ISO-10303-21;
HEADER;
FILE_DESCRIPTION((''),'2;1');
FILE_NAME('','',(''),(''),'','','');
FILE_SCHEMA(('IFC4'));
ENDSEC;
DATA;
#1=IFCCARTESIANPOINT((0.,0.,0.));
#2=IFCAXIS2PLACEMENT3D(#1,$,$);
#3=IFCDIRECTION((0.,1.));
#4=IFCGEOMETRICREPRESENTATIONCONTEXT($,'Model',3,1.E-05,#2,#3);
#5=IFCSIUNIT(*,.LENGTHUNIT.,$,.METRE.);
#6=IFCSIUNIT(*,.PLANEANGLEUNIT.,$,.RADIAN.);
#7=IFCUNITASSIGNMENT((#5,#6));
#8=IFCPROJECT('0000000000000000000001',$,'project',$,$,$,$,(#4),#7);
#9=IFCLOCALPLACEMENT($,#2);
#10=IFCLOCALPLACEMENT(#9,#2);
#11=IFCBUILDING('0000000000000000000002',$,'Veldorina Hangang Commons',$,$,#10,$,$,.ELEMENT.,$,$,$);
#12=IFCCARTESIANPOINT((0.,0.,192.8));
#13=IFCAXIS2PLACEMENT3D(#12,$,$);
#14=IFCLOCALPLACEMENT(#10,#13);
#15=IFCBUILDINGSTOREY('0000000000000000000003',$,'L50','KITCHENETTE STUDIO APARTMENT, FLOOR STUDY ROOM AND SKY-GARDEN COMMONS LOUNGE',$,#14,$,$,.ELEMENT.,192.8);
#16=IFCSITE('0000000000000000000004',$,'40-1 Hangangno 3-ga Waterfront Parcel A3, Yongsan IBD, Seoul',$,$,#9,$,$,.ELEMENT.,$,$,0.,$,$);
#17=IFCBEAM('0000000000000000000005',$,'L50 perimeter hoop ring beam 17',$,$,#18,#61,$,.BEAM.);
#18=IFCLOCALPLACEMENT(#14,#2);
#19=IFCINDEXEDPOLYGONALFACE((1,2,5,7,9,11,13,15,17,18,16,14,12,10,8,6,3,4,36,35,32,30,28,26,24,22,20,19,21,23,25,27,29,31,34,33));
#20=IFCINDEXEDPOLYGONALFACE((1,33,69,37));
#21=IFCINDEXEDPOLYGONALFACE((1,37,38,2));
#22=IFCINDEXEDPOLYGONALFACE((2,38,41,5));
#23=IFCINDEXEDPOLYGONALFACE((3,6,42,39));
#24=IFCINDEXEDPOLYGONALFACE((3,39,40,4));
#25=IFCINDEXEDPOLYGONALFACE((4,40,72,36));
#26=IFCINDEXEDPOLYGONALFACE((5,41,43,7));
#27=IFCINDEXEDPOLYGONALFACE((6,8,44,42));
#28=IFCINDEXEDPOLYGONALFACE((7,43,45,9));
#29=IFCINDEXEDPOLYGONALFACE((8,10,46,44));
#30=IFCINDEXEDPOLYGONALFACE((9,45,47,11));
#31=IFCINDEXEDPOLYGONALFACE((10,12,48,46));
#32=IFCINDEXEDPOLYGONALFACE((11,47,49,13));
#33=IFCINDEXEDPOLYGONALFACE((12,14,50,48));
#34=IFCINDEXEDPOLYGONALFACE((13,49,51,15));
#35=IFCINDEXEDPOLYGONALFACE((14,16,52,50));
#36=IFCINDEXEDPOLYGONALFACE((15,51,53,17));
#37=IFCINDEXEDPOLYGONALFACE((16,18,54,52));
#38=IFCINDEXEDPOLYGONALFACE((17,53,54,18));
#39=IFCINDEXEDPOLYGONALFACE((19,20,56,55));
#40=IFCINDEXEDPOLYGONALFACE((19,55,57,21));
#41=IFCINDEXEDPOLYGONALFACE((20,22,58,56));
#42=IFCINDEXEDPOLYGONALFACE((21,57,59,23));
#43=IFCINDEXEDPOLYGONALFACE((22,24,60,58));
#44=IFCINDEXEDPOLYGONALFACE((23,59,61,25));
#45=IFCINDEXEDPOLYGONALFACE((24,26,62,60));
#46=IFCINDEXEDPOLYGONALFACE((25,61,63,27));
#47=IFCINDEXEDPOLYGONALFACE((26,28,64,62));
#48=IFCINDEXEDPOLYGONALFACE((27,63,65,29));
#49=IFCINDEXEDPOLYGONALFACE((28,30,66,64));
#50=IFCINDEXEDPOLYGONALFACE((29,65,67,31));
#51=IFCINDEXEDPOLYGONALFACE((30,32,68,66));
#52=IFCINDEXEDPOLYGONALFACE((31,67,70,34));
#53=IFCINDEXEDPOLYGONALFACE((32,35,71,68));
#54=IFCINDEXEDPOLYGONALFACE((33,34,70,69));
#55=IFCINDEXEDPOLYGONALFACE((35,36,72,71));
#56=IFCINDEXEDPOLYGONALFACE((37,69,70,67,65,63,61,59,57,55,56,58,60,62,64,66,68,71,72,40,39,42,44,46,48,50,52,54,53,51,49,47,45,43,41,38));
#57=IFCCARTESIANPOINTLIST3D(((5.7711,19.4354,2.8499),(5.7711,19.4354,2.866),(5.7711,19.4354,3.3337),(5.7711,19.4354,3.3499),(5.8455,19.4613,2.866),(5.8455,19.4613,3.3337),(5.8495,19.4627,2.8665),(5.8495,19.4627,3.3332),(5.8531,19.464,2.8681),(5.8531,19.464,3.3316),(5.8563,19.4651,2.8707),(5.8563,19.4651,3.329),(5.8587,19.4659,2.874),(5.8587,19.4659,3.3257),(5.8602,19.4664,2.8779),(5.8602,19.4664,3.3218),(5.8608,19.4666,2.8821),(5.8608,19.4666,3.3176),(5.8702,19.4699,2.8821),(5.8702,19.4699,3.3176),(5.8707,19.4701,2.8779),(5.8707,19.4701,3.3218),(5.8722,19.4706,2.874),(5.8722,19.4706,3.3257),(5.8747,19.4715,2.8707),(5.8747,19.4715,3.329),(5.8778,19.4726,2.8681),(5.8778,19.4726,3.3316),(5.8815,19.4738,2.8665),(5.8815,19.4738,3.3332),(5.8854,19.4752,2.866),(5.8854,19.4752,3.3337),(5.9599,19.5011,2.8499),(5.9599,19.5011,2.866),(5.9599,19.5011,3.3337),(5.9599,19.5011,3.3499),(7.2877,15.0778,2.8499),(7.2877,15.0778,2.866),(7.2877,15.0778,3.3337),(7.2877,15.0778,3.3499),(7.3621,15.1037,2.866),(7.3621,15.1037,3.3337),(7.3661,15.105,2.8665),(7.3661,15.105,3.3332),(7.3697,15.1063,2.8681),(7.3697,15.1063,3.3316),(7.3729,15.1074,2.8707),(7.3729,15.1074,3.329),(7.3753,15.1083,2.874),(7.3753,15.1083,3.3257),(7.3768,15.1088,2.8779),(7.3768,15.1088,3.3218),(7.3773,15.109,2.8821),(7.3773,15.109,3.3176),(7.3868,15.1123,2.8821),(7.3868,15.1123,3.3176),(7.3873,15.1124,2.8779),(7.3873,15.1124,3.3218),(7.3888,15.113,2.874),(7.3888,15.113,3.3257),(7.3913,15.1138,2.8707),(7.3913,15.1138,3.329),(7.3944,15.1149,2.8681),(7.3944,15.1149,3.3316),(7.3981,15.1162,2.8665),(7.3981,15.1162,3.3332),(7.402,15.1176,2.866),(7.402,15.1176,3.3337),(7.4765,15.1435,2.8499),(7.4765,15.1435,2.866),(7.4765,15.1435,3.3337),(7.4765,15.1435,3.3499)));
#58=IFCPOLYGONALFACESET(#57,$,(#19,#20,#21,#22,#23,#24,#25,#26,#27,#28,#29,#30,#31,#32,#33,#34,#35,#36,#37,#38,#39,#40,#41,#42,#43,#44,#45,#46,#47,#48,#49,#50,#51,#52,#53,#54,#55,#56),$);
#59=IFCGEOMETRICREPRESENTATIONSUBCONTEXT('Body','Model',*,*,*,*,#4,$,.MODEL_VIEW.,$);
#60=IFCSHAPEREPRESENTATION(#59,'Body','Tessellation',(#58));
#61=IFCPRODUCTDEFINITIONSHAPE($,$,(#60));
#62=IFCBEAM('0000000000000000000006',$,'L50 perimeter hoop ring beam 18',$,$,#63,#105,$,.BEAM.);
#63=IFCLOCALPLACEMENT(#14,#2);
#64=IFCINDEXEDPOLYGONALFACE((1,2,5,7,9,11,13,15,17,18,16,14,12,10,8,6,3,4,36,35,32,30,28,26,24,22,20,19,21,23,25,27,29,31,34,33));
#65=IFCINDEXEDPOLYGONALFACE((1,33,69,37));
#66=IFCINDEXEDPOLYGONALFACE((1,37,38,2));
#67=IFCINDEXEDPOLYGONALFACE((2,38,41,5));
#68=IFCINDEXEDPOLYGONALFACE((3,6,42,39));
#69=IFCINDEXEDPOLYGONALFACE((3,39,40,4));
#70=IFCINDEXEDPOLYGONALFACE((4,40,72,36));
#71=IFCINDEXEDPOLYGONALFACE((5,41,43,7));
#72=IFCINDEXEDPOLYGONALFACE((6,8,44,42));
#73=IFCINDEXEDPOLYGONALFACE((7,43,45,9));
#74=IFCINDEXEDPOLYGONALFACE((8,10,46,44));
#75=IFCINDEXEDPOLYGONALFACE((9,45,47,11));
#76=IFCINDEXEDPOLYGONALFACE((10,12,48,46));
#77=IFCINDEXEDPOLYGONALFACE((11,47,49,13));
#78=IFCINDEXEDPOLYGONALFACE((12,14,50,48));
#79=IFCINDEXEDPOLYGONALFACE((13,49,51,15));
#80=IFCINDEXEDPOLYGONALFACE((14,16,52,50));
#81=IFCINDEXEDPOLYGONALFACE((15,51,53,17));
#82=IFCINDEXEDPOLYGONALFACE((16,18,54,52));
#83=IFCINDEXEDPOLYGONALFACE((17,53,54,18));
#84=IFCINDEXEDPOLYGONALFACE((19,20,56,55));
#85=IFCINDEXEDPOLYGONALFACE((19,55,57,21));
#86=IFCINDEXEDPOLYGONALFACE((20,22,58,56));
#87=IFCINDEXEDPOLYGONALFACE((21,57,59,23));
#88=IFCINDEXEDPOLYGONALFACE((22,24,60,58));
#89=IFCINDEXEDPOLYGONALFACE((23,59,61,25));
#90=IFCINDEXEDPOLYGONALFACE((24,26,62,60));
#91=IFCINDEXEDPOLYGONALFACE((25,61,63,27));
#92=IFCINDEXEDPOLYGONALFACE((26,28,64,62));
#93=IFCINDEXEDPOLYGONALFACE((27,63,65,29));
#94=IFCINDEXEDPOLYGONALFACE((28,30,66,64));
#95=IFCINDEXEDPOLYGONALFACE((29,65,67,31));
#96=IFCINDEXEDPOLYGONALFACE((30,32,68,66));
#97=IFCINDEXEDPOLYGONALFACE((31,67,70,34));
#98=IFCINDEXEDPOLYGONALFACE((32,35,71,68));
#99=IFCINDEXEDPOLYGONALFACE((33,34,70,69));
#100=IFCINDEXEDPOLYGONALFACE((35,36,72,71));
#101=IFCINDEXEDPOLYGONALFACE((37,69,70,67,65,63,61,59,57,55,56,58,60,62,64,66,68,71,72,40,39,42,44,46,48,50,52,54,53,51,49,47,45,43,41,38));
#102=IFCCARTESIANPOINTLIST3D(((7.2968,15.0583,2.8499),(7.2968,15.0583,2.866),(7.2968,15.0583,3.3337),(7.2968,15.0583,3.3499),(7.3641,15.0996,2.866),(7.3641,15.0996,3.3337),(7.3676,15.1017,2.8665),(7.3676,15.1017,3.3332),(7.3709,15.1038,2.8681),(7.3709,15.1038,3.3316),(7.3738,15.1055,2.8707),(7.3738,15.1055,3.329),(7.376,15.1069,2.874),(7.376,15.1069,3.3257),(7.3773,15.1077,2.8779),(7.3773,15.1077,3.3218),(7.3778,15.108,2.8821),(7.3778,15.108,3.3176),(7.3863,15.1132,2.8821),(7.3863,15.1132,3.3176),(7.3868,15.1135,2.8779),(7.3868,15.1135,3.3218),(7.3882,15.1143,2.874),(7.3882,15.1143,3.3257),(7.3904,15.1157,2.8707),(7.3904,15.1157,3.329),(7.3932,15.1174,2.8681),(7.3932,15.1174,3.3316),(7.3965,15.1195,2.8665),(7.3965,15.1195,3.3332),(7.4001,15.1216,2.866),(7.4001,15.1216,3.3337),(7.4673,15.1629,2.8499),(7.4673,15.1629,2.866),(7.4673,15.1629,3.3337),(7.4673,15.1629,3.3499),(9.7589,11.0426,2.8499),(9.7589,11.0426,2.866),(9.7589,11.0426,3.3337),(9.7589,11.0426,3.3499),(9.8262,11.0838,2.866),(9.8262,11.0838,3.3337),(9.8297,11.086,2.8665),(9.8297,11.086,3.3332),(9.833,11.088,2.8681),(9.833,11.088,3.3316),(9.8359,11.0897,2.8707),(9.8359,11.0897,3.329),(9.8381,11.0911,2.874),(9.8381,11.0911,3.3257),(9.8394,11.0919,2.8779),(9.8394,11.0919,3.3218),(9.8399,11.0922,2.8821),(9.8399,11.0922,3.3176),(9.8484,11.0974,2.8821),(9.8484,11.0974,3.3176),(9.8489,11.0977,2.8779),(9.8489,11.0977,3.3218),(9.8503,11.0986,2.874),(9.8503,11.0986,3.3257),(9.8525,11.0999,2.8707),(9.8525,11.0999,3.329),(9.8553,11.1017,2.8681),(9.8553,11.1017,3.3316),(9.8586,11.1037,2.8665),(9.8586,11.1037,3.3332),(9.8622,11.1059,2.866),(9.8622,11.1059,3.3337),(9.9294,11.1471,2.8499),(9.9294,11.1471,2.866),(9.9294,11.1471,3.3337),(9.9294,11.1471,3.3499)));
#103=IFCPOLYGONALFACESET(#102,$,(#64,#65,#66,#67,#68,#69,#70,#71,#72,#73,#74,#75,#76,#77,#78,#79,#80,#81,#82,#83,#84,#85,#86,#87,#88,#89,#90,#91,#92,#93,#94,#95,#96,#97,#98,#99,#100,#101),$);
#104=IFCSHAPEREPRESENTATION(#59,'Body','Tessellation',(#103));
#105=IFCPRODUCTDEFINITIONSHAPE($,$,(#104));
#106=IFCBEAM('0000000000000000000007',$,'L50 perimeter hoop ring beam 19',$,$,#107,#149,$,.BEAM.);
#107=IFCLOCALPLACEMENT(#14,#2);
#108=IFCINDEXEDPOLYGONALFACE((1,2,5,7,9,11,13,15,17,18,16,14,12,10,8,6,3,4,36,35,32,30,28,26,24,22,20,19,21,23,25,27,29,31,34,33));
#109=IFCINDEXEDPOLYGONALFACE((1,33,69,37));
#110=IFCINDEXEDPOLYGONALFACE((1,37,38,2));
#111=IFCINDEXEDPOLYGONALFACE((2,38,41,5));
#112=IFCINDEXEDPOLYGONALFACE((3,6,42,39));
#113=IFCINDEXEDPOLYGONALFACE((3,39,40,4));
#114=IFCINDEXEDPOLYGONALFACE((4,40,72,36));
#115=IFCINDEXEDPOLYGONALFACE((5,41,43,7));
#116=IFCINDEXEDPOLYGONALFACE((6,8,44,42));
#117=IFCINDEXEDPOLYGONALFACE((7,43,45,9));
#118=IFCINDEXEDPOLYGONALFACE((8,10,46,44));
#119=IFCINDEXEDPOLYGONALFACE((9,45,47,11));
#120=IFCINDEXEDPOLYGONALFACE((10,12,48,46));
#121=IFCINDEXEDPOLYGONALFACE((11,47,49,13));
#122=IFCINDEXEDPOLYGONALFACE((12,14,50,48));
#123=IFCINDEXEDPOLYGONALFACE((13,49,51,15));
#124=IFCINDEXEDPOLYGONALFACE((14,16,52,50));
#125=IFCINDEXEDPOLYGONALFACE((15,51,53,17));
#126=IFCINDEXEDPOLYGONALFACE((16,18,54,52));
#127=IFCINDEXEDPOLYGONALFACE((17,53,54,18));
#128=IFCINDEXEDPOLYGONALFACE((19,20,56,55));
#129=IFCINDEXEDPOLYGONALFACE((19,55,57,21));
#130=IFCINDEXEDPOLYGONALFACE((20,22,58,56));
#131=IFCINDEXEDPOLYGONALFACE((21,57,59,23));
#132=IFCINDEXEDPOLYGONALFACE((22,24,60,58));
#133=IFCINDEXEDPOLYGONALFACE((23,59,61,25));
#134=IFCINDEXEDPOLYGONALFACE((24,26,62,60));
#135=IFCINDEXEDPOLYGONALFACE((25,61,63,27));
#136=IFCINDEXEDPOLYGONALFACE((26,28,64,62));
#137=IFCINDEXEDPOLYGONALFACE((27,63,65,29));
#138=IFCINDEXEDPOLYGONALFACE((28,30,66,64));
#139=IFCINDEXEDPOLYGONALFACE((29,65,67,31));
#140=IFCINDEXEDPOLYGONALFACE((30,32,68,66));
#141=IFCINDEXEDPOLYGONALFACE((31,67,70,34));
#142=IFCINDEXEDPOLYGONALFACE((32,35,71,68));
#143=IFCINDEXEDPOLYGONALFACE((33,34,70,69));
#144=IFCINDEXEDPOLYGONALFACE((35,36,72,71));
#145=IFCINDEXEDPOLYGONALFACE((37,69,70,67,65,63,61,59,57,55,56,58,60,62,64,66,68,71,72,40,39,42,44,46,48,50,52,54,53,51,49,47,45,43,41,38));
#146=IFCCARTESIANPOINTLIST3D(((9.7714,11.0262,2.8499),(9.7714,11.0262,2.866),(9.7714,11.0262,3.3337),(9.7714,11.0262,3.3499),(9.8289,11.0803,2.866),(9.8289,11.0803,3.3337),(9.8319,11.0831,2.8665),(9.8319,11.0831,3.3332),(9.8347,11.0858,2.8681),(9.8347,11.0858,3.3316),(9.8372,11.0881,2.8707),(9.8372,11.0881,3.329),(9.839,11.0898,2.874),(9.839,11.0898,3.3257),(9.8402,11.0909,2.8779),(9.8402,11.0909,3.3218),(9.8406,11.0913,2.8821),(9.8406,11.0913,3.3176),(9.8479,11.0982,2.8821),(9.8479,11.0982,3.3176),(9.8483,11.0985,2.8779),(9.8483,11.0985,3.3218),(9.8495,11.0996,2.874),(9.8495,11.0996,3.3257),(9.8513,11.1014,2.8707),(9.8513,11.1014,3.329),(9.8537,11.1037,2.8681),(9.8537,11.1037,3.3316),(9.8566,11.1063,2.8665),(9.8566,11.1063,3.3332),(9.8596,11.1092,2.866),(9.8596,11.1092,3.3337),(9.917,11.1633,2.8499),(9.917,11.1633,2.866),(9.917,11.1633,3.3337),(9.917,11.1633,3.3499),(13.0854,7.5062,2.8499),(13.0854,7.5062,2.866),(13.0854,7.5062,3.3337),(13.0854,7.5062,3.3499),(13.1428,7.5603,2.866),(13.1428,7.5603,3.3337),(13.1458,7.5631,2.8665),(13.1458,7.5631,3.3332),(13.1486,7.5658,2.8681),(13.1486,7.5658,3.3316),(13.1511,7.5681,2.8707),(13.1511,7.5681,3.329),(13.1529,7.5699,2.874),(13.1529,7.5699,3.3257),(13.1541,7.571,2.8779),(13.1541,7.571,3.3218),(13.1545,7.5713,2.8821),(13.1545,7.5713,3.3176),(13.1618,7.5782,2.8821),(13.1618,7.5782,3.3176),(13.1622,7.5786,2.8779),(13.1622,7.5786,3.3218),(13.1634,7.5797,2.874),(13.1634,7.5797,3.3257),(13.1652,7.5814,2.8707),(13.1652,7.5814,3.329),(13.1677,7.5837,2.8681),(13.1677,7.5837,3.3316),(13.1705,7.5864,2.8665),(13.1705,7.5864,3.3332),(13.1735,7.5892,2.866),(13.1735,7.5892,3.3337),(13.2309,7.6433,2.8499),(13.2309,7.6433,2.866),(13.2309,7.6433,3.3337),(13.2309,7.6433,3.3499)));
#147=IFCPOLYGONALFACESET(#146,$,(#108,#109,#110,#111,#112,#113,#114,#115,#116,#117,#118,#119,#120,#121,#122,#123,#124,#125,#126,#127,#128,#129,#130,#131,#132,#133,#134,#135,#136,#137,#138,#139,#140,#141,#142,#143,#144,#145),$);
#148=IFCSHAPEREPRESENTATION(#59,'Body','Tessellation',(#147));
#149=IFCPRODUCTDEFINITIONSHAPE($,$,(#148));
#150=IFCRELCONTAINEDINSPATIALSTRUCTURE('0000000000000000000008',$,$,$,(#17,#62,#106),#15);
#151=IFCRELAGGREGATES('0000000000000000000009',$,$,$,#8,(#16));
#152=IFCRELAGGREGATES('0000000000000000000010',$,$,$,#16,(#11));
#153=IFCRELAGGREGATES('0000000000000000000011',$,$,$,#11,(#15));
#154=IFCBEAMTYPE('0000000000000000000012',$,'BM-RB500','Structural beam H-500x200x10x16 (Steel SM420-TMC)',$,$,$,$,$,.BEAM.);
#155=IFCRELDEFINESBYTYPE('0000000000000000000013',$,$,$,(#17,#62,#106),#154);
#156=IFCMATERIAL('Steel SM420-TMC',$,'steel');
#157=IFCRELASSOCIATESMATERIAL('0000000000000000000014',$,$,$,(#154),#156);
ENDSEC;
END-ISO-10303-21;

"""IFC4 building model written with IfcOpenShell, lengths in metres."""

from ifc_helpers import new_model, si_unit, direction, frame, origin, origin_2d, place, context, subcontext, project, spatial, i_section, extrude, material, material_profile, profile_set, type_object, element, save


model = new_model("IFC4")

# Units and contexts
model_context = context("Model", 3, precision=1e-05, world=origin(), true_north=direction((0.0, 1.0)))
body_context = subcontext(model_context, "Body", "Model", "MODEL_VIEW")
ifc_project = project(units=[si_unit("LENGTHUNIT", "METRE"), si_unit("PLANEANGLEUNIT", "RADIAN")], contexts=[model_context])

# Site, building, storey
site_placement = place(None, origin())
site = spatial("IfcSite", under=ifc_project, at=site_placement, Name="40-1 Hangangno 3-ga Waterfront Parcel A3, Yongsan IBD, Seoul", CompositionType="ELEMENT", RefElevation=0.0)
building_placement = place(site_placement, origin())
building = spatial("IfcBuilding", under=site, at=building_placement, Name="Veldorina Hangang Commons", CompositionType="ELEMENT")
storey_placement = place(building_placement, frame((0.0, 0.0, 192.8)))
storey = spatial("IfcBuildingStorey", under=building, at=storey_placement, Name="L50", Description="KITCHENETTE STUDIO APARTMENT, FLOOR STUDY ROOM AND SKY-GARDEN COMMONS LOUNGE", CompositionType="ELEMENT", Elevation=192.8)

# Beams
ifc_material_1 = material(Name="Steel SM420-TMC", Category="steel")
ifc_material_profile_1 = material_profile(ifc_material_1, i_section(OverallWidth=0.2, OverallDepth=0.5, WebThickness=0.01, FlangeThickness=0.0161, FilletRadius=0.0161, at=origin_2d()), Name="H-500x200x10x16")
ifc_profile_set_1 = profile_set([ifc_material_profile_1], Name="Steel SM420-TMC")
beam_type = type_object("IfcBeamType", Name="BM-RB500", Description="Structural beam H-500x200x10x16 (Steel SM420-TMC)", PredefinedType="BEAM", material=ifc_profile_set_1)
beam_1_placement = place(storey_placement, frame((5.8655, 19.4683, 3.0999), z_axis=(0.328693, -0.944437, 0.0), x_axis=(0.944437, 0.328693, 0.0)))
element("IfcBeam", 1, at=beam_1_placement, inside=storey, type_object=beam_type, Name="L50 perimeter hoop ring beam 17", PredefinedType="BEAM", context=body_context, shape_type="SweptSolid", body=[
    extrude(i_section(OverallWidth=0.2, OverallDepth=0.5, WebThickness=0.01, FlangeThickness=0.0161, FilletRadius=0.0161, at=origin_2d()), origin(), (0.0, 0.0, 1.0), 4.614),
])
beam_2_placement = place(storey_placement, frame((7.3821, 15.1106, 3.0999), z_axis=(0.522688, -0.852524, 0.0), x_axis=(0.852524, 0.522688, 0.0)))
element("IfcBeam", 2, at=beam_2_placement, inside=storey, type_object=beam_type, Name="L50 perimeter hoop ring beam 18", PredefinedType="BEAM", context=body_context, shape_type="SweptSolid", body=[
    extrude(i_section(OverallWidth=0.2, OverallDepth=0.5, WebThickness=0.01, FlangeThickness=0.0161, FilletRadius=0.0161, at=origin_2d()), origin(), (0.0, 0.0, 1.0), 4.7104),
])
beam_3_placement = place(storey_placement, frame((9.8442, 11.0947, 3.0999), z_axis=(0.685475, -0.728096, 0.0), x_axis=(0.728096, 0.685475, 0.0)))
element("IfcBeam", 3, at=beam_3_placement, inside=storey, type_object=beam_type, Name="L50 perimeter hoop ring beam 19", PredefinedType="BEAM", context=body_context, shape_type="SweptSolid", body=[
    extrude(i_section(OverallWidth=0.2, OverallDepth=0.5, WebThickness=0.01, FlangeThickness=0.0161, FilletRadius=0.0161, at=origin_2d()), origin(), (0.0, 0.0, 1.0), 4.8345),
])

save(model, "model.ifc")
